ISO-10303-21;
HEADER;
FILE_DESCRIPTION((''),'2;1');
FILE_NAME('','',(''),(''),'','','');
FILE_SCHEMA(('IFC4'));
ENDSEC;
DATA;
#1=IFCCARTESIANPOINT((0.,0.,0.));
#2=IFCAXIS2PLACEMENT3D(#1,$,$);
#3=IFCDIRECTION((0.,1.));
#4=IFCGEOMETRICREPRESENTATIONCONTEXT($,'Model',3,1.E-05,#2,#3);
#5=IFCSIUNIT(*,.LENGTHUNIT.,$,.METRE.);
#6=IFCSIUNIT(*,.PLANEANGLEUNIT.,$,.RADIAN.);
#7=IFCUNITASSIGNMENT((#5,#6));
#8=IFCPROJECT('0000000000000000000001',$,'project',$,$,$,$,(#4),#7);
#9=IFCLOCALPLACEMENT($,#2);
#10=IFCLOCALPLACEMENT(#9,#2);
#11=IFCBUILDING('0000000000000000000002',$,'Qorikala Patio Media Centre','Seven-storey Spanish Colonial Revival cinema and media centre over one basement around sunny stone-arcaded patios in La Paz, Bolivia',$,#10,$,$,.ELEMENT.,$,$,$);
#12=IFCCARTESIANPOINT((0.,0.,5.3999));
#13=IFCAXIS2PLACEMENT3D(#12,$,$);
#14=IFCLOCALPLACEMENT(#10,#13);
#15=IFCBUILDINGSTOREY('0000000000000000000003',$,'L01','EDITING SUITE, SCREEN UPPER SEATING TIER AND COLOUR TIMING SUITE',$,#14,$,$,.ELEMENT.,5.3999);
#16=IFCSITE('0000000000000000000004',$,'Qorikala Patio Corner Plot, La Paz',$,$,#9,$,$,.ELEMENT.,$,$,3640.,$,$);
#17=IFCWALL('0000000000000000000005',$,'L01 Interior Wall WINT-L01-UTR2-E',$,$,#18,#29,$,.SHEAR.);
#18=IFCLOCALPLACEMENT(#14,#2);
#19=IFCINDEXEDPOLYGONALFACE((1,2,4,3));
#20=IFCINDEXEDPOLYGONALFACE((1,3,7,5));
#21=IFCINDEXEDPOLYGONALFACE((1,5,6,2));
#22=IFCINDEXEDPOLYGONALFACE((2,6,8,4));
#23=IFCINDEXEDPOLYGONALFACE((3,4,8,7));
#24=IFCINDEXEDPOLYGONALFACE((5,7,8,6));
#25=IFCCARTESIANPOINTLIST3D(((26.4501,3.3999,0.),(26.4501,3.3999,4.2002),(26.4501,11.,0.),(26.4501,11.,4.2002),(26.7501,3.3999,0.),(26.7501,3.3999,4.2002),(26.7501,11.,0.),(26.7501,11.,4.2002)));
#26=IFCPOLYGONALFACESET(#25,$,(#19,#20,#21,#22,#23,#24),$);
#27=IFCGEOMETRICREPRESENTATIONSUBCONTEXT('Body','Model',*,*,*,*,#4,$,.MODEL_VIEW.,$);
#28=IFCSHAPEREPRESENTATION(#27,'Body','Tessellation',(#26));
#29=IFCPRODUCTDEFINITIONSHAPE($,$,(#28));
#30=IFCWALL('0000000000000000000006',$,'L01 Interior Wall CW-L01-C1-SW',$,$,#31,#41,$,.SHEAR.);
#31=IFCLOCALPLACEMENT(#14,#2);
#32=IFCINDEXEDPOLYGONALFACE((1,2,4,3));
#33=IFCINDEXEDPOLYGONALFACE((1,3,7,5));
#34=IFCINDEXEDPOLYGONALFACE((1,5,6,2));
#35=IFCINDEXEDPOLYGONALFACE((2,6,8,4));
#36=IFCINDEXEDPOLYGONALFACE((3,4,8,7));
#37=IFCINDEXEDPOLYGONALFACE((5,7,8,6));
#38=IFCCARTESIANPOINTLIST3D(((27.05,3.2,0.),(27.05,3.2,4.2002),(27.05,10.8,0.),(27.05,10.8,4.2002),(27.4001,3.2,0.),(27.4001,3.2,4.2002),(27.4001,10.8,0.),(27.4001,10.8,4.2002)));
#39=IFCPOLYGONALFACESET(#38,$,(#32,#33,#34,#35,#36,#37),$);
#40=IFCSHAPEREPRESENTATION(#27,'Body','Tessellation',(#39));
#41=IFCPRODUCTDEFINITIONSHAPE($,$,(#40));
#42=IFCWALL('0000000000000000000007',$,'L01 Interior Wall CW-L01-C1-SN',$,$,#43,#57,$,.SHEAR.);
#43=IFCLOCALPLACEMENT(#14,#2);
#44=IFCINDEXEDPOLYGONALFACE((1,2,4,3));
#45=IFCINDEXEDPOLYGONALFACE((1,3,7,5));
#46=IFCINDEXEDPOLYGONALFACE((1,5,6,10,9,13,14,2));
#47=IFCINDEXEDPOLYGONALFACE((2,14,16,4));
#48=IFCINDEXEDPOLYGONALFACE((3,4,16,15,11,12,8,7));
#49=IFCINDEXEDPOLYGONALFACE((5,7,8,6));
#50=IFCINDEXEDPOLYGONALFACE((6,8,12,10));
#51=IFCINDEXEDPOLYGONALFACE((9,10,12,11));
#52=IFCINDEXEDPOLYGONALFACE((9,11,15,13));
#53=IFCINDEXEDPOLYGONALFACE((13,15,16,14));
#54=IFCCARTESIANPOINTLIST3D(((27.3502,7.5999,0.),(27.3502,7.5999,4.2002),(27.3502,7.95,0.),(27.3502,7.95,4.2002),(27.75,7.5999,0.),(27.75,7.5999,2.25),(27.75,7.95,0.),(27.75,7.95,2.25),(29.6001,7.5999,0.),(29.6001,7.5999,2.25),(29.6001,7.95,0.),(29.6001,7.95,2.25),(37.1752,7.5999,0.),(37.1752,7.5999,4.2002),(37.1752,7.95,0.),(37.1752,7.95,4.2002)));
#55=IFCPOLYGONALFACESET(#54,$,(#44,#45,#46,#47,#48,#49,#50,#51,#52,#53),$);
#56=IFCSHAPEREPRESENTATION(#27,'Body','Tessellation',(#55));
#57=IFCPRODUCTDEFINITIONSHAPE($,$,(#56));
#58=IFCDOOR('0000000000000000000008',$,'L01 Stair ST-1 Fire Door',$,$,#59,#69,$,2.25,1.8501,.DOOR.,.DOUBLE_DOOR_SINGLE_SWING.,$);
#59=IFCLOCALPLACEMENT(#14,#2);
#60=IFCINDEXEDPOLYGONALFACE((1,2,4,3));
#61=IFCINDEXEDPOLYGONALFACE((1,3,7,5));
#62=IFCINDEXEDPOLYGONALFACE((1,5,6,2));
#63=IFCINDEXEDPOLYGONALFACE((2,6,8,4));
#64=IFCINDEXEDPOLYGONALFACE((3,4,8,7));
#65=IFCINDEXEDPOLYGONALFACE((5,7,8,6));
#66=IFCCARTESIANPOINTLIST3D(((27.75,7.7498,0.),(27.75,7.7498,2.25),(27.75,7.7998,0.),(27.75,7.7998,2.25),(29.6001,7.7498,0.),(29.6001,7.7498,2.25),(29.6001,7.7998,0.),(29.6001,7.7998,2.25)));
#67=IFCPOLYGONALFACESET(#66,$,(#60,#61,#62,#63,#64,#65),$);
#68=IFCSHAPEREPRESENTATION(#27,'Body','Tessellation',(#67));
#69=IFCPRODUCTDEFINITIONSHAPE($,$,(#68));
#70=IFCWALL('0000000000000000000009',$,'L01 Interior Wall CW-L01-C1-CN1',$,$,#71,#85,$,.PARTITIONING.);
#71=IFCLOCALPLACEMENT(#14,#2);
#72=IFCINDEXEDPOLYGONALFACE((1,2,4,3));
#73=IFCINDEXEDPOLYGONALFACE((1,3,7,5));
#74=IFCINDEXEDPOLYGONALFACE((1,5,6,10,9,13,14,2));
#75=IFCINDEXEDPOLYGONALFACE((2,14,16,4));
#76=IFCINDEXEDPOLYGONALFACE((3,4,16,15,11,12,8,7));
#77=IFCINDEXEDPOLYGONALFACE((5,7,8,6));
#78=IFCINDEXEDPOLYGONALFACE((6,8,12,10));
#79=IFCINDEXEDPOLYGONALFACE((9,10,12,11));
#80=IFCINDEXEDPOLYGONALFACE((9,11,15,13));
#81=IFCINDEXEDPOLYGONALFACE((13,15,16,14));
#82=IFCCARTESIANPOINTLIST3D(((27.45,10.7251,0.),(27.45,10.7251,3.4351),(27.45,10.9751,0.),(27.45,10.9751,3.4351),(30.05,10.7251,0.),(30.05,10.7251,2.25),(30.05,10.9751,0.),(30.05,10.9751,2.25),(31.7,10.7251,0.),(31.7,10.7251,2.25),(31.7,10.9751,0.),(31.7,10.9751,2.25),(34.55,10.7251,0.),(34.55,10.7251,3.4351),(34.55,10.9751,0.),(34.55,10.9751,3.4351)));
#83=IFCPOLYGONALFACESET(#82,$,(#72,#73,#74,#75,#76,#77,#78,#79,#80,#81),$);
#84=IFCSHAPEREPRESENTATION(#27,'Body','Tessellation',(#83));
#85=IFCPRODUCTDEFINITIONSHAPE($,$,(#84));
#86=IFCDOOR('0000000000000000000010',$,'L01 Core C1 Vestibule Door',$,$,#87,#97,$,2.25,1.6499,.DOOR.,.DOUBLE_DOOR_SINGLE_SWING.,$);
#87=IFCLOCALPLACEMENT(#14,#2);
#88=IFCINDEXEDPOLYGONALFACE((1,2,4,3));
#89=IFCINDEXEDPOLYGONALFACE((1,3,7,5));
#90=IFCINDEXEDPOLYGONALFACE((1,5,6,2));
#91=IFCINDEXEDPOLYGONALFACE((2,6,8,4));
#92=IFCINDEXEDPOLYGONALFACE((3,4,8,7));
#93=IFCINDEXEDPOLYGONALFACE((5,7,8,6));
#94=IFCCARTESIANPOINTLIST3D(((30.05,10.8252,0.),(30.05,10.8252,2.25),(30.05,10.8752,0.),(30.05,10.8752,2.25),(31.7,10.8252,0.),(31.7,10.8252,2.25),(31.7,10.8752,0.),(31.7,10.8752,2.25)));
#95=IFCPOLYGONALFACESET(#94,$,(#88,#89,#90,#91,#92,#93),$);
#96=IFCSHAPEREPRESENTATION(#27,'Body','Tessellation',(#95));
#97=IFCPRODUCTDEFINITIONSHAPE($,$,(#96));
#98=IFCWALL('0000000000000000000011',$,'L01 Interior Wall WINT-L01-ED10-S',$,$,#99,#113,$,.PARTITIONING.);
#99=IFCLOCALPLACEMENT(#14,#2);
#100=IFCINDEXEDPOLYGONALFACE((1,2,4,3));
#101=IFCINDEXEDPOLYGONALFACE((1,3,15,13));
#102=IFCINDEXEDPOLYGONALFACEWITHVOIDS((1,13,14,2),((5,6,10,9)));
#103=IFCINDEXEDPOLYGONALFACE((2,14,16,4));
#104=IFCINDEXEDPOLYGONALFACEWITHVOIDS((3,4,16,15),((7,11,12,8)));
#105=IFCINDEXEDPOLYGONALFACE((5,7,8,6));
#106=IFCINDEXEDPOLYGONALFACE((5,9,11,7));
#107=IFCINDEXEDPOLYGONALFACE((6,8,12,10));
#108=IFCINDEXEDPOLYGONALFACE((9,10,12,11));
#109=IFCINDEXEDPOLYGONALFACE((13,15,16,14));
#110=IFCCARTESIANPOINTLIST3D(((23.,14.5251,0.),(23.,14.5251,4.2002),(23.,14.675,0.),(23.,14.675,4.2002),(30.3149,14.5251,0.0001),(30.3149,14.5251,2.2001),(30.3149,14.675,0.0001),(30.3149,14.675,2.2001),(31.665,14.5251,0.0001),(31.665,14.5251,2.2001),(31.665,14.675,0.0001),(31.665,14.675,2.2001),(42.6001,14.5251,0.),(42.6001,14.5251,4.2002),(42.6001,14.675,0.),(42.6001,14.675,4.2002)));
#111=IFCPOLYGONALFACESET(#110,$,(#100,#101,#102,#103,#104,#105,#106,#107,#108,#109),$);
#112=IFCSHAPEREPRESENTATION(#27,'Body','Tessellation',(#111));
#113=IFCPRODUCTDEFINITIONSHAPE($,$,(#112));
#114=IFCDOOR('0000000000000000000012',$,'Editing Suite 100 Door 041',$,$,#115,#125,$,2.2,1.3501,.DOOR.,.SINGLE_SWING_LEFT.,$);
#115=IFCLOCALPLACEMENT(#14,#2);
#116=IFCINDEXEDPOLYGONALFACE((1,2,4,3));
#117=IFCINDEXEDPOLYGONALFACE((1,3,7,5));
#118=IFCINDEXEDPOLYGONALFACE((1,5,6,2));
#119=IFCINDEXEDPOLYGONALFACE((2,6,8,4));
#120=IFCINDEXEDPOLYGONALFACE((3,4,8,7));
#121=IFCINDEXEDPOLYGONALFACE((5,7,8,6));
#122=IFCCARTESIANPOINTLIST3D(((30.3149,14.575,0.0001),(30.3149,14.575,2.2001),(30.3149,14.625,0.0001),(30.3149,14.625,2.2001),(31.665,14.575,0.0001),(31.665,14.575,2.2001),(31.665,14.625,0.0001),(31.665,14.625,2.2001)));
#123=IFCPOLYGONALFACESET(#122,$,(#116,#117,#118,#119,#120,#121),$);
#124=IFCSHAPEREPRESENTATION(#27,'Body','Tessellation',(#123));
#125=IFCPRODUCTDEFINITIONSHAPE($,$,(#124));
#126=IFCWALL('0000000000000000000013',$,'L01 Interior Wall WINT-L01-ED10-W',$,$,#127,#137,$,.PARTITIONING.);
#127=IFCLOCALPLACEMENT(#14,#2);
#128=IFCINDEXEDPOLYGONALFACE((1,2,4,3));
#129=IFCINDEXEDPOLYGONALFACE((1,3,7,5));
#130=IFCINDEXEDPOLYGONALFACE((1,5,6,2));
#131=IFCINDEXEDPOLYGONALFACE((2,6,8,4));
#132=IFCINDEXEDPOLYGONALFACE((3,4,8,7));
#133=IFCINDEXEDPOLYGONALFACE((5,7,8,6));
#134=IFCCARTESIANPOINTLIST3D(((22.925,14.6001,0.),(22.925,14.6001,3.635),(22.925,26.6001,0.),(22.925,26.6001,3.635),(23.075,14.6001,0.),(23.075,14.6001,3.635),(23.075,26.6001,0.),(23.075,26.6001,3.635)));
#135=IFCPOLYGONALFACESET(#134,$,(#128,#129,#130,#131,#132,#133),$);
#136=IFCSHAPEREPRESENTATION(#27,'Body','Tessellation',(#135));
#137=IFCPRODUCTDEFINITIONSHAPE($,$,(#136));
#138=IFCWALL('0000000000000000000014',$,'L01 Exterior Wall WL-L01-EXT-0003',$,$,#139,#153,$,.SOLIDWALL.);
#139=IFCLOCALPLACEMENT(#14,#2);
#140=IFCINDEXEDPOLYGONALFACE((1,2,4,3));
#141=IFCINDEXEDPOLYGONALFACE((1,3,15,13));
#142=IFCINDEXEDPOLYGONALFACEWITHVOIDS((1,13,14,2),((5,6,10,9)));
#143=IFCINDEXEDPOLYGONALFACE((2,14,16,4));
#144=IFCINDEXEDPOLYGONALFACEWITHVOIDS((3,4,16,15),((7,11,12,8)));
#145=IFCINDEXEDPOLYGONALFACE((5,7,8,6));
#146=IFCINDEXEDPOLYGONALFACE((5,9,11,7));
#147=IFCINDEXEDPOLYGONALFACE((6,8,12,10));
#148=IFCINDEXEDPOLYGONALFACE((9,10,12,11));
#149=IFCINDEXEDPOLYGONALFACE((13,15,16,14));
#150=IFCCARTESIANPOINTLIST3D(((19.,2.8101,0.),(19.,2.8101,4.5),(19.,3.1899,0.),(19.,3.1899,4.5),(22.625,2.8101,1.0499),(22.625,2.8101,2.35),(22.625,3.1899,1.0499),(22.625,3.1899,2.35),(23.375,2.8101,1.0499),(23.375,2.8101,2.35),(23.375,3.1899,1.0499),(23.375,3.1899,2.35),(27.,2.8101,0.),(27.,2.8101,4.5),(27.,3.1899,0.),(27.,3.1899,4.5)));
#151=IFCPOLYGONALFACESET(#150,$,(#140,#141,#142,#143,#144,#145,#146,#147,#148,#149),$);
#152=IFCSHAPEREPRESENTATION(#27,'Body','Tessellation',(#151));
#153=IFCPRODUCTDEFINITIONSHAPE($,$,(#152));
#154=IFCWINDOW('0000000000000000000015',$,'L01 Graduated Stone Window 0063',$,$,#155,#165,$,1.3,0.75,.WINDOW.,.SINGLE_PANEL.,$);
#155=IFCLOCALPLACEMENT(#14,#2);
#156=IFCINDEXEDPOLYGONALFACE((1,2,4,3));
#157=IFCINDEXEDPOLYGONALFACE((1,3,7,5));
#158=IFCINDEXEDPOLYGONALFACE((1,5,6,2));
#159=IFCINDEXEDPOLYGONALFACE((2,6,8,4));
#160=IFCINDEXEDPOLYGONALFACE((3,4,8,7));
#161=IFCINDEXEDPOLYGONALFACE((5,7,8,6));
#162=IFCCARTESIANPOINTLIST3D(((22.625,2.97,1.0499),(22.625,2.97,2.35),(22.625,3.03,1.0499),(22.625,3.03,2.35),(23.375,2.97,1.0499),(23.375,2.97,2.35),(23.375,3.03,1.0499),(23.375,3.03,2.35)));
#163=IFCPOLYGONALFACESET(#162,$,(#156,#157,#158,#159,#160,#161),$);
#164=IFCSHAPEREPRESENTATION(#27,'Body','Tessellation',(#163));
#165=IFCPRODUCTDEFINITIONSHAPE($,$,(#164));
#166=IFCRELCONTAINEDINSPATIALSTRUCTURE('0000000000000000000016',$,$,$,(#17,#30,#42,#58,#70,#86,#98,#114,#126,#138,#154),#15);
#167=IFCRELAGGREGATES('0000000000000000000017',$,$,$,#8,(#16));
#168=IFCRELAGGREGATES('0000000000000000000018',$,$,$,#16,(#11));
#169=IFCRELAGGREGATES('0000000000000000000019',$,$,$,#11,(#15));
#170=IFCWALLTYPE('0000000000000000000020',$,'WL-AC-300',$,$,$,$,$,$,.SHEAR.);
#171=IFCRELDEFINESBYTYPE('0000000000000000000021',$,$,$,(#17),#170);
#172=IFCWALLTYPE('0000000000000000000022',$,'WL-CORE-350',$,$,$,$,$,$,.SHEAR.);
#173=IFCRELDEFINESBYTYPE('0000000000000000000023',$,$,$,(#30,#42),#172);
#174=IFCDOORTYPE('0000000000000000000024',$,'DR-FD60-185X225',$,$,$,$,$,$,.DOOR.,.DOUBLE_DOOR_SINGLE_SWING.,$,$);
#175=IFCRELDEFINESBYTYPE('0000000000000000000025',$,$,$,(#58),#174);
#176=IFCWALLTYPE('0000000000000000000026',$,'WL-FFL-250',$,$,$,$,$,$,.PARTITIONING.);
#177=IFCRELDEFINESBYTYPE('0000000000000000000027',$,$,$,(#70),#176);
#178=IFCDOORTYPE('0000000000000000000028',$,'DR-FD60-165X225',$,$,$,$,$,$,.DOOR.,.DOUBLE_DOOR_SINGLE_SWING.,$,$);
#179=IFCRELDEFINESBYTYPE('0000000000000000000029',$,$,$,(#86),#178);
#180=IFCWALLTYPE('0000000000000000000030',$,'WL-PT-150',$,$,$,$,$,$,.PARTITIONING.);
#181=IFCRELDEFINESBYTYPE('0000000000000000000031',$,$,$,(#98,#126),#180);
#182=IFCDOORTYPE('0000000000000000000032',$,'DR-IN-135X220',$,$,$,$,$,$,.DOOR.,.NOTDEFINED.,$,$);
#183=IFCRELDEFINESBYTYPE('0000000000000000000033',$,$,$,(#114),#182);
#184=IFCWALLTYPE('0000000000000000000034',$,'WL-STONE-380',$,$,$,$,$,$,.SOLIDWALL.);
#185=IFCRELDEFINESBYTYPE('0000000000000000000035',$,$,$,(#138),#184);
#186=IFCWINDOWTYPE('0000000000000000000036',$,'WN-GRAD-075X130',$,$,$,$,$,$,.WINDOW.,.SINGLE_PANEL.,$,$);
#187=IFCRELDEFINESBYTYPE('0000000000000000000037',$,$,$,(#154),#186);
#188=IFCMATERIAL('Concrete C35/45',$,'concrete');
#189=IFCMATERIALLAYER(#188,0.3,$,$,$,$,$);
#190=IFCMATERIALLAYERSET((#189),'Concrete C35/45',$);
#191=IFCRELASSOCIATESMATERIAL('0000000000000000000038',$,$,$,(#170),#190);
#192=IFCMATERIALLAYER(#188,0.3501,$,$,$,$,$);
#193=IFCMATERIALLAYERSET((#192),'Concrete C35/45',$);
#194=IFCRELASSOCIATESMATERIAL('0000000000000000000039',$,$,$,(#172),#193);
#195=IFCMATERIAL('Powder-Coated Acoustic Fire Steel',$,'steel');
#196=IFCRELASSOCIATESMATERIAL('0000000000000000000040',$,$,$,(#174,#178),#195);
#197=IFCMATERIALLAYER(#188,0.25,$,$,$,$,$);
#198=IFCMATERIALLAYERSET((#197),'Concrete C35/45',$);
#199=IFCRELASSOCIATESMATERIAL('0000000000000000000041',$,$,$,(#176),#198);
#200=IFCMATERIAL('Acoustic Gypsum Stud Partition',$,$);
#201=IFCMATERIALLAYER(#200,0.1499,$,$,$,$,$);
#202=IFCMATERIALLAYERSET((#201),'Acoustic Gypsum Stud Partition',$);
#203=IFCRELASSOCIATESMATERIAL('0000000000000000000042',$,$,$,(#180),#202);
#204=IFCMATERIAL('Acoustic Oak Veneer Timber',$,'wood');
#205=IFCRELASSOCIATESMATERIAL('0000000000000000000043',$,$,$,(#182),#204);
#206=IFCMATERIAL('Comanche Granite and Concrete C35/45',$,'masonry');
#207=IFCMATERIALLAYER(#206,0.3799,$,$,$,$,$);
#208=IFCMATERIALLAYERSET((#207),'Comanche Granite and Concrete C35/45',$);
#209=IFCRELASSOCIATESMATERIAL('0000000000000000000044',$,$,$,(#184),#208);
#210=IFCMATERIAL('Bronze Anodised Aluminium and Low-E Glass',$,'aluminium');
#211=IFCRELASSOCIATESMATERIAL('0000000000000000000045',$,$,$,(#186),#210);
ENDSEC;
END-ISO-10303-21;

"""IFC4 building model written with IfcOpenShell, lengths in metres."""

from ifc_helpers import new_model, si_unit, direction, frame, frame_2d, origin, place, context, subcontext, project, spatial, rectangle, extrude, material, layer, layer_set, type_object, element, fill, save


model = new_model("IFC4")

# Units and contexts
model_context = context("Model", 3, precision=1e-05, world=origin(), true_north=direction((0.0, 1.0)))
body_context = subcontext(model_context, "Body", "Model", "MODEL_VIEW")
ifc_project = project(units=[si_unit("LENGTHUNIT", "METRE"), si_unit("PLANEANGLEUNIT", "RADIAN")], contexts=[model_context])

# Site, building, storey
site_placement = place(None, origin())
site = spatial("IfcSite", under=ifc_project, at=site_placement, Name="Qorikala Patio Corner Plot, La Paz", CompositionType="ELEMENT", RefElevation=3640.0)
building_placement = place(site_placement, origin())
building = spatial("IfcBuilding", under=site, at=building_placement, Name="Qorikala Patio Media Centre", Description="Seven-storey Spanish Colonial Revival cinema and media centre over one basement around sunny stone-arcaded patios in La Paz, Bolivia", CompositionType="ELEMENT")
storey_placement = place(building_placement, frame((0.0, 0.0, 5.3999)))
storey = spatial("IfcBuildingStorey", under=building, at=storey_placement, Name="L01", Description="EDITING SUITE, SCREEN UPPER SEATING TIER AND COLOUR TIMING SUITE", CompositionType="ELEMENT", Elevation=5.3999)

# Shared definitions
ifc_material_1 = material(Name="Concrete C35/45", Category="concrete")

# Walls
ifc_layer_1 = layer(ifc_material_1, 0.3)
ifc_layer_set_1 = layer_set([ifc_layer_1], Name="Concrete C35/45")
wall_type_1 = type_object("IfcWallType", Name="WL-AC-300", PredefinedType="SHEAR", material=ifc_layer_set_1)
wall_1_placement = place(storey_placement, frame((26.6001, 3.3999, 0.0), z_axis=(0.0, 0.0, 1.0), x_axis=(0.0, 1.0, 0.0)))
element("IfcWall", 1, at=wall_1_placement, inside=storey, type_object=wall_type_1, Name="L01 Interior Wall WINT-L01-UTR2-E", PredefinedType="SHEAR", context=body_context, shape_type="SweptSolid", body=[
    extrude(rectangle(XDim=7.6001, YDim=0.3, at=frame_2d((3.8, 0.0))), origin(), (0.0, 0.0, 1.0), 4.2002),
])
ifc_layer_2 = layer(ifc_material_1, 0.3501)
ifc_layer_set_2 = layer_set([ifc_layer_2], Name="Concrete C35/45")
wall_type_2 = type_object("IfcWallType", Name="WL-CORE-350", PredefinedType="SHEAR", material=ifc_layer_set_2)
wall_2_placement = place(storey_placement, frame((27.2251, 3.2, 0.0), z_axis=(0.0, 0.0, 1.0), x_axis=(0.0, 1.0, 0.0)))
element("IfcWall", 2, at=wall_2_placement, inside=storey, type_object=wall_type_2, Name="L01 Interior Wall CW-L01-C1-SW", PredefinedType="SHEAR", context=body_context, shape_type="SweptSolid", body=[
    extrude(rectangle(XDim=7.6001, YDim=0.3501, at=frame_2d((3.8, 0.0))), origin(), (0.0, 0.0, 1.0), 4.2002),
])

# Walls, openings, doors
wall_3_placement = place(storey_placement, frame((27.3501, 7.7749, 0.0), z_axis=(0.0, 0.0, 1.0), x_axis=(1.0, 0.0, 0.0)))
wall_3 = element("IfcWall", 3, at=wall_3_placement, inside=storey, type_object=wall_type_2, Name="L01 Interior Wall CW-L01-C1-SN", PredefinedType="SHEAR", context=body_context, shape_type="SweptSolid", body=[
    extrude(rectangle(XDim=9.825, YDim=0.3501, at=frame_2d((4.9126, 0.0))), origin(), (0.0, 0.0, 1.0), 4.2002),
])
opening_1_placement = place(wall_3_placement, frame((0.3999, 0.0, 0.0)))
opening_1 = element("IfcOpeningElement", 4, at=opening_1_placement, cuts=wall_3, PredefinedType="OPENING", context=body_context, shape_type="SweptSolid", body=[
    extrude(rectangle(XDim=1.8501, YDim=2.25, at=frame_2d((0.925, 1.125))), frame((0.0, 0.1851, 0.0), z_axis=(0.0, -1.0, 0.0), x_axis=(1.0, 0.0, 0.0)), (0.0, 0.0, 1.0), 0.3701),
])
ifc_material_2 = material(Name="Powder-Coated Acoustic Fire Steel", Category="steel")
door_type_1 = type_object("IfcDoorType", Name="DR-FD60-185X225", OperationType="DOUBLE_DOOR_SINGLE_SWING", PredefinedType="DOOR", material=ifc_material_2)
door_1_placement = place(opening_1_placement, origin())
door_1 = element("IfcDoor", 5, at=door_1_placement, inside=storey, type_object=door_type_1, Name="L01 Stair ST-1 Fire Door", OperationType="DOUBLE_DOOR_SINGLE_SWING", OverallHeight=2.25, OverallWidth=1.8501, PredefinedType="DOOR", context=body_context, shape_type="SweptSolid", body=[
    extrude(rectangle(XDim=1.8501, YDim=2.25, at=frame_2d((0.925, 1.125))), frame((0.0, 0.0249, 0.0), z_axis=(0.0, -1.0, 0.0), x_axis=(1.0, 0.0, 0.0)), (0.0, 0.0, 1.0), 0.05),
])
fill(opening_1, door_1)
ifc_layer_3 = layer(ifc_material_1, 0.25)
ifc_layer_set_3 = layer_set([ifc_layer_3], Name="Concrete C35/45")
wall_type_3 = type_object("IfcWallType", Name="WL-FFL-250", PredefinedType="PARTITIONING", material=ifc_layer_set_3)
wall_4_placement = place(storey_placement, frame((27.45, 10.8501, 0.0), z_axis=(0.0, 0.0, 1.0), x_axis=(1.0, 0.0, 0.0)))
wall_4 = element("IfcWall", 6, at=wall_4_placement, inside=storey, type_object=wall_type_3, Name="L01 Interior Wall CW-L01-C1-CN1", PredefinedType="PARTITIONING", context=body_context, shape_type="SweptSolid", body=[
    extrude(rectangle(XDim=7.1001, YDim=0.25, at=frame_2d((3.55, 0.0))), origin(), (0.0, 0.0, 1.0), 3.4351),
])
opening_2_placement = place(wall_4_placement, frame((2.6001, 0.0, 0.0)))
opening_2 = element("IfcOpeningElement", 7, at=opening_2_placement, cuts=wall_4, PredefinedType="OPENING", context=body_context, shape_type="SweptSolid", body=[
    extrude(rectangle(XDim=1.6499, YDim=2.25, at=frame_2d((0.825, 1.125))), frame((0.0, 0.135, 0.0), z_axis=(0.0, -1.0, 0.0), x_axis=(1.0, 0.0, 0.0)), (0.0, 0.0, 1.0), 0.27),
])
door_type_2 = type_object("IfcDoorType", Name="DR-FD60-165X225", OperationType="DOUBLE_DOOR_SINGLE_SWING", PredefinedType="DOOR", material=ifc_material_2)
door_2_placement = place(opening_2_placement, frame((1.6499, 0.0, 0.0), z_axis=(0.0, 0.0, 1.0), x_axis=(-1.0, 0.0, 0.0)))
door_2 = element("IfcDoor", 8, at=door_2_placement, inside=storey, type_object=door_type_2, Name="L01 Core C1 Vestibule Door", OperationType="DOUBLE_DOOR_SINGLE_SWING", OverallHeight=2.25, OverallWidth=1.6499, PredefinedType="DOOR", context=body_context, shape_type="SweptSolid", body=[
    extrude(rectangle(XDim=1.6499, YDim=2.25, at=frame_2d((0.825, 1.125))), frame((0.0, 0.0249, 0.0), z_axis=(0.0, -1.0, 0.0), x_axis=(1.0, 0.0, 0.0)), (0.0, 0.0, 1.0), 0.05),
])
fill(opening_2, door_2)
ifc_material_3 = material(Name="Acoustic Gypsum Stud Partition")
ifc_layer_4 = layer(ifc_material_3, 0.1499)
ifc_layer_set_4 = layer_set([ifc_layer_4], Name="Acoustic Gypsum Stud Partition")
wall_type_4 = type_object("IfcWallType", Name="WL-PT-150", PredefinedType="PARTITIONING", material=ifc_layer_set_4)
wall_5_placement = place(storey_placement, frame((23.0, 14.6001, 0.0), z_axis=(0.0, 0.0, 1.0), x_axis=(1.0, 0.0, 0.0)))
wall_5 = element("IfcWall", 9, at=wall_5_placement, inside=storey, type_object=wall_type_4, Name="L01 Interior Wall WINT-L01-ED10-S", PredefinedType="PARTITIONING", context=body_context, shape_type="SweptSolid", body=[
    extrude(rectangle(XDim=19.6001, YDim=0.1499, at=frame_2d((9.8, 0.0))), origin(), (0.0, 0.0, 1.0), 4.2002),
])
opening_3_placement = place(wall_5_placement, frame((7.3149, 0.0, 0.0)))
opening_3 = element("IfcOpeningElement", 10, at=opening_3_placement, cuts=wall_5, PredefinedType="OPENING", context=body_context, shape_type="SweptSolid", body=[
    extrude(rectangle(XDim=1.3501, YDim=2.2, at=frame_2d((0.675, 1.1001))), frame((0.0, 0.085, 0.0), z_axis=(0.0, -1.0, 0.0), x_axis=(1.0, 0.0, 0.0)), (0.0, 0.0, 1.0), 0.1699),
])
ifc_material_4 = material(Name="Acoustic Oak Veneer Timber", Category="wood")
door_type_3 = type_object("IfcDoorType", Name="DR-IN-135X220", OperationType="NOTDEFINED", PredefinedType="DOOR", material=ifc_material_4)
door_3_placement = place(opening_3_placement, origin())
door_3 = element("IfcDoor", 11, at=door_3_placement, inside=storey, type_object=door_type_3, Name="Editing Suite 100 Door 041", OperationType="SINGLE_SWING_LEFT", OverallHeight=2.2, OverallWidth=1.3501, PredefinedType="DOOR", context=body_context, shape_type="SweptSolid", body=[
    extrude(rectangle(XDim=1.3501, YDim=2.2, at=frame_2d((0.675, 1.1001))), frame((0.0, 0.0249, 0.0), z_axis=(0.0, -1.0, 0.0), x_axis=(1.0, 0.0, 0.0)), (0.0, 0.0, 1.0), 0.05),
])
fill(opening_3, door_3)

# Wall
wall_6_placement = place(storey_placement, frame((23.0, 14.6001, 0.0), z_axis=(0.0, 0.0, 1.0), x_axis=(0.0, 1.0, 0.0)))
element("IfcWall", 12, at=wall_6_placement, inside=storey, type_object=wall_type_4, Name="L01 Interior Wall WINT-L01-ED10-W", PredefinedType="PARTITIONING", context=body_context, shape_type="SweptSolid", body=[
    extrude(rectangle(XDim=12.0, YDim=0.1499, at=frame_2d((6.0, 0.0))), origin(), (0.0, 0.0, 1.0), 3.635),
])

# Wall, opening, window
ifc_material_5 = material(Name="Comanche Granite and Concrete C35/45", Category="masonry")
ifc_layer_5 = layer(ifc_material_5, 0.3799)
ifc_layer_set_5 = layer_set([ifc_layer_5], Name="Comanche Granite and Concrete C35/45")
wall_type_5 = type_object("IfcWallType", Name="WL-STONE-380", PredefinedType="SOLIDWALL", material=ifc_layer_set_5)
wall_7_placement = place(storey_placement, frame((27.0, 3.0, 0.0), z_axis=(0.0, 0.0, 1.0), x_axis=(-1.0, 0.0, 0.0)))
wall_7 = element("IfcWall", 13, at=wall_7_placement, inside=storey, type_object=wall_type_5, Name="L01 Exterior Wall WL-L01-EXT-0003", PredefinedType="SOLIDWALL", context=body_context, shape_type="SweptSolid", body=[
    extrude(rectangle(XDim=8.0, YDim=0.3799, at=frame_2d((4.0, 0.0))), origin(), (0.0, 0.0, 1.0), 4.5),
])
opening_4_placement = place(wall_7_placement, frame((3.625, 0.0, 1.05)))
opening_4 = element("IfcOpeningElement", 14, at=opening_4_placement, cuts=wall_7, PredefinedType="OPENING", context=body_context, shape_type="SweptSolid", body=[
    extrude(rectangle(XDim=0.75, YDim=1.3, at=frame_2d((0.375, 0.6499))), frame((0.0, 0.2, 0.0), z_axis=(0.0, -1.0, 0.0), x_axis=(1.0, 0.0, 0.0)), (0.0, 0.0, 1.0), 0.3999),
])
ifc_material_6 = material(Name="Bronze Anodised Aluminium and Low-E Glass", Category="aluminium")
window_type = type_object("IfcWindowType", Name="WN-GRAD-075X130", PartitioningType="SINGLE_PANEL", PredefinedType="WINDOW", material=ifc_material_6)
window_placement = place(opening_4_placement, origin())
window = element("IfcWindow", 15, at=window_placement, inside=storey, type_object=window_type, Name="L01 Graduated Stone Window 0063", OverallHeight=1.3, OverallWidth=0.75, PartitioningType="SINGLE_PANEL", PredefinedType="WINDOW", context=body_context, shape_type="SweptSolid", body=[
    extrude(rectangle(XDim=0.75, YDim=1.3, at=frame_2d((0.375, 0.6499))), frame((0.0, 0.03, 0.0), z_axis=(0.0, -1.0, 0.0), x_axis=(1.0, 0.0, 0.0)), (0.0, 0.0, 1.0), 0.0601),
])
fill(opening_4, window)

save(model, "model.ifc")
